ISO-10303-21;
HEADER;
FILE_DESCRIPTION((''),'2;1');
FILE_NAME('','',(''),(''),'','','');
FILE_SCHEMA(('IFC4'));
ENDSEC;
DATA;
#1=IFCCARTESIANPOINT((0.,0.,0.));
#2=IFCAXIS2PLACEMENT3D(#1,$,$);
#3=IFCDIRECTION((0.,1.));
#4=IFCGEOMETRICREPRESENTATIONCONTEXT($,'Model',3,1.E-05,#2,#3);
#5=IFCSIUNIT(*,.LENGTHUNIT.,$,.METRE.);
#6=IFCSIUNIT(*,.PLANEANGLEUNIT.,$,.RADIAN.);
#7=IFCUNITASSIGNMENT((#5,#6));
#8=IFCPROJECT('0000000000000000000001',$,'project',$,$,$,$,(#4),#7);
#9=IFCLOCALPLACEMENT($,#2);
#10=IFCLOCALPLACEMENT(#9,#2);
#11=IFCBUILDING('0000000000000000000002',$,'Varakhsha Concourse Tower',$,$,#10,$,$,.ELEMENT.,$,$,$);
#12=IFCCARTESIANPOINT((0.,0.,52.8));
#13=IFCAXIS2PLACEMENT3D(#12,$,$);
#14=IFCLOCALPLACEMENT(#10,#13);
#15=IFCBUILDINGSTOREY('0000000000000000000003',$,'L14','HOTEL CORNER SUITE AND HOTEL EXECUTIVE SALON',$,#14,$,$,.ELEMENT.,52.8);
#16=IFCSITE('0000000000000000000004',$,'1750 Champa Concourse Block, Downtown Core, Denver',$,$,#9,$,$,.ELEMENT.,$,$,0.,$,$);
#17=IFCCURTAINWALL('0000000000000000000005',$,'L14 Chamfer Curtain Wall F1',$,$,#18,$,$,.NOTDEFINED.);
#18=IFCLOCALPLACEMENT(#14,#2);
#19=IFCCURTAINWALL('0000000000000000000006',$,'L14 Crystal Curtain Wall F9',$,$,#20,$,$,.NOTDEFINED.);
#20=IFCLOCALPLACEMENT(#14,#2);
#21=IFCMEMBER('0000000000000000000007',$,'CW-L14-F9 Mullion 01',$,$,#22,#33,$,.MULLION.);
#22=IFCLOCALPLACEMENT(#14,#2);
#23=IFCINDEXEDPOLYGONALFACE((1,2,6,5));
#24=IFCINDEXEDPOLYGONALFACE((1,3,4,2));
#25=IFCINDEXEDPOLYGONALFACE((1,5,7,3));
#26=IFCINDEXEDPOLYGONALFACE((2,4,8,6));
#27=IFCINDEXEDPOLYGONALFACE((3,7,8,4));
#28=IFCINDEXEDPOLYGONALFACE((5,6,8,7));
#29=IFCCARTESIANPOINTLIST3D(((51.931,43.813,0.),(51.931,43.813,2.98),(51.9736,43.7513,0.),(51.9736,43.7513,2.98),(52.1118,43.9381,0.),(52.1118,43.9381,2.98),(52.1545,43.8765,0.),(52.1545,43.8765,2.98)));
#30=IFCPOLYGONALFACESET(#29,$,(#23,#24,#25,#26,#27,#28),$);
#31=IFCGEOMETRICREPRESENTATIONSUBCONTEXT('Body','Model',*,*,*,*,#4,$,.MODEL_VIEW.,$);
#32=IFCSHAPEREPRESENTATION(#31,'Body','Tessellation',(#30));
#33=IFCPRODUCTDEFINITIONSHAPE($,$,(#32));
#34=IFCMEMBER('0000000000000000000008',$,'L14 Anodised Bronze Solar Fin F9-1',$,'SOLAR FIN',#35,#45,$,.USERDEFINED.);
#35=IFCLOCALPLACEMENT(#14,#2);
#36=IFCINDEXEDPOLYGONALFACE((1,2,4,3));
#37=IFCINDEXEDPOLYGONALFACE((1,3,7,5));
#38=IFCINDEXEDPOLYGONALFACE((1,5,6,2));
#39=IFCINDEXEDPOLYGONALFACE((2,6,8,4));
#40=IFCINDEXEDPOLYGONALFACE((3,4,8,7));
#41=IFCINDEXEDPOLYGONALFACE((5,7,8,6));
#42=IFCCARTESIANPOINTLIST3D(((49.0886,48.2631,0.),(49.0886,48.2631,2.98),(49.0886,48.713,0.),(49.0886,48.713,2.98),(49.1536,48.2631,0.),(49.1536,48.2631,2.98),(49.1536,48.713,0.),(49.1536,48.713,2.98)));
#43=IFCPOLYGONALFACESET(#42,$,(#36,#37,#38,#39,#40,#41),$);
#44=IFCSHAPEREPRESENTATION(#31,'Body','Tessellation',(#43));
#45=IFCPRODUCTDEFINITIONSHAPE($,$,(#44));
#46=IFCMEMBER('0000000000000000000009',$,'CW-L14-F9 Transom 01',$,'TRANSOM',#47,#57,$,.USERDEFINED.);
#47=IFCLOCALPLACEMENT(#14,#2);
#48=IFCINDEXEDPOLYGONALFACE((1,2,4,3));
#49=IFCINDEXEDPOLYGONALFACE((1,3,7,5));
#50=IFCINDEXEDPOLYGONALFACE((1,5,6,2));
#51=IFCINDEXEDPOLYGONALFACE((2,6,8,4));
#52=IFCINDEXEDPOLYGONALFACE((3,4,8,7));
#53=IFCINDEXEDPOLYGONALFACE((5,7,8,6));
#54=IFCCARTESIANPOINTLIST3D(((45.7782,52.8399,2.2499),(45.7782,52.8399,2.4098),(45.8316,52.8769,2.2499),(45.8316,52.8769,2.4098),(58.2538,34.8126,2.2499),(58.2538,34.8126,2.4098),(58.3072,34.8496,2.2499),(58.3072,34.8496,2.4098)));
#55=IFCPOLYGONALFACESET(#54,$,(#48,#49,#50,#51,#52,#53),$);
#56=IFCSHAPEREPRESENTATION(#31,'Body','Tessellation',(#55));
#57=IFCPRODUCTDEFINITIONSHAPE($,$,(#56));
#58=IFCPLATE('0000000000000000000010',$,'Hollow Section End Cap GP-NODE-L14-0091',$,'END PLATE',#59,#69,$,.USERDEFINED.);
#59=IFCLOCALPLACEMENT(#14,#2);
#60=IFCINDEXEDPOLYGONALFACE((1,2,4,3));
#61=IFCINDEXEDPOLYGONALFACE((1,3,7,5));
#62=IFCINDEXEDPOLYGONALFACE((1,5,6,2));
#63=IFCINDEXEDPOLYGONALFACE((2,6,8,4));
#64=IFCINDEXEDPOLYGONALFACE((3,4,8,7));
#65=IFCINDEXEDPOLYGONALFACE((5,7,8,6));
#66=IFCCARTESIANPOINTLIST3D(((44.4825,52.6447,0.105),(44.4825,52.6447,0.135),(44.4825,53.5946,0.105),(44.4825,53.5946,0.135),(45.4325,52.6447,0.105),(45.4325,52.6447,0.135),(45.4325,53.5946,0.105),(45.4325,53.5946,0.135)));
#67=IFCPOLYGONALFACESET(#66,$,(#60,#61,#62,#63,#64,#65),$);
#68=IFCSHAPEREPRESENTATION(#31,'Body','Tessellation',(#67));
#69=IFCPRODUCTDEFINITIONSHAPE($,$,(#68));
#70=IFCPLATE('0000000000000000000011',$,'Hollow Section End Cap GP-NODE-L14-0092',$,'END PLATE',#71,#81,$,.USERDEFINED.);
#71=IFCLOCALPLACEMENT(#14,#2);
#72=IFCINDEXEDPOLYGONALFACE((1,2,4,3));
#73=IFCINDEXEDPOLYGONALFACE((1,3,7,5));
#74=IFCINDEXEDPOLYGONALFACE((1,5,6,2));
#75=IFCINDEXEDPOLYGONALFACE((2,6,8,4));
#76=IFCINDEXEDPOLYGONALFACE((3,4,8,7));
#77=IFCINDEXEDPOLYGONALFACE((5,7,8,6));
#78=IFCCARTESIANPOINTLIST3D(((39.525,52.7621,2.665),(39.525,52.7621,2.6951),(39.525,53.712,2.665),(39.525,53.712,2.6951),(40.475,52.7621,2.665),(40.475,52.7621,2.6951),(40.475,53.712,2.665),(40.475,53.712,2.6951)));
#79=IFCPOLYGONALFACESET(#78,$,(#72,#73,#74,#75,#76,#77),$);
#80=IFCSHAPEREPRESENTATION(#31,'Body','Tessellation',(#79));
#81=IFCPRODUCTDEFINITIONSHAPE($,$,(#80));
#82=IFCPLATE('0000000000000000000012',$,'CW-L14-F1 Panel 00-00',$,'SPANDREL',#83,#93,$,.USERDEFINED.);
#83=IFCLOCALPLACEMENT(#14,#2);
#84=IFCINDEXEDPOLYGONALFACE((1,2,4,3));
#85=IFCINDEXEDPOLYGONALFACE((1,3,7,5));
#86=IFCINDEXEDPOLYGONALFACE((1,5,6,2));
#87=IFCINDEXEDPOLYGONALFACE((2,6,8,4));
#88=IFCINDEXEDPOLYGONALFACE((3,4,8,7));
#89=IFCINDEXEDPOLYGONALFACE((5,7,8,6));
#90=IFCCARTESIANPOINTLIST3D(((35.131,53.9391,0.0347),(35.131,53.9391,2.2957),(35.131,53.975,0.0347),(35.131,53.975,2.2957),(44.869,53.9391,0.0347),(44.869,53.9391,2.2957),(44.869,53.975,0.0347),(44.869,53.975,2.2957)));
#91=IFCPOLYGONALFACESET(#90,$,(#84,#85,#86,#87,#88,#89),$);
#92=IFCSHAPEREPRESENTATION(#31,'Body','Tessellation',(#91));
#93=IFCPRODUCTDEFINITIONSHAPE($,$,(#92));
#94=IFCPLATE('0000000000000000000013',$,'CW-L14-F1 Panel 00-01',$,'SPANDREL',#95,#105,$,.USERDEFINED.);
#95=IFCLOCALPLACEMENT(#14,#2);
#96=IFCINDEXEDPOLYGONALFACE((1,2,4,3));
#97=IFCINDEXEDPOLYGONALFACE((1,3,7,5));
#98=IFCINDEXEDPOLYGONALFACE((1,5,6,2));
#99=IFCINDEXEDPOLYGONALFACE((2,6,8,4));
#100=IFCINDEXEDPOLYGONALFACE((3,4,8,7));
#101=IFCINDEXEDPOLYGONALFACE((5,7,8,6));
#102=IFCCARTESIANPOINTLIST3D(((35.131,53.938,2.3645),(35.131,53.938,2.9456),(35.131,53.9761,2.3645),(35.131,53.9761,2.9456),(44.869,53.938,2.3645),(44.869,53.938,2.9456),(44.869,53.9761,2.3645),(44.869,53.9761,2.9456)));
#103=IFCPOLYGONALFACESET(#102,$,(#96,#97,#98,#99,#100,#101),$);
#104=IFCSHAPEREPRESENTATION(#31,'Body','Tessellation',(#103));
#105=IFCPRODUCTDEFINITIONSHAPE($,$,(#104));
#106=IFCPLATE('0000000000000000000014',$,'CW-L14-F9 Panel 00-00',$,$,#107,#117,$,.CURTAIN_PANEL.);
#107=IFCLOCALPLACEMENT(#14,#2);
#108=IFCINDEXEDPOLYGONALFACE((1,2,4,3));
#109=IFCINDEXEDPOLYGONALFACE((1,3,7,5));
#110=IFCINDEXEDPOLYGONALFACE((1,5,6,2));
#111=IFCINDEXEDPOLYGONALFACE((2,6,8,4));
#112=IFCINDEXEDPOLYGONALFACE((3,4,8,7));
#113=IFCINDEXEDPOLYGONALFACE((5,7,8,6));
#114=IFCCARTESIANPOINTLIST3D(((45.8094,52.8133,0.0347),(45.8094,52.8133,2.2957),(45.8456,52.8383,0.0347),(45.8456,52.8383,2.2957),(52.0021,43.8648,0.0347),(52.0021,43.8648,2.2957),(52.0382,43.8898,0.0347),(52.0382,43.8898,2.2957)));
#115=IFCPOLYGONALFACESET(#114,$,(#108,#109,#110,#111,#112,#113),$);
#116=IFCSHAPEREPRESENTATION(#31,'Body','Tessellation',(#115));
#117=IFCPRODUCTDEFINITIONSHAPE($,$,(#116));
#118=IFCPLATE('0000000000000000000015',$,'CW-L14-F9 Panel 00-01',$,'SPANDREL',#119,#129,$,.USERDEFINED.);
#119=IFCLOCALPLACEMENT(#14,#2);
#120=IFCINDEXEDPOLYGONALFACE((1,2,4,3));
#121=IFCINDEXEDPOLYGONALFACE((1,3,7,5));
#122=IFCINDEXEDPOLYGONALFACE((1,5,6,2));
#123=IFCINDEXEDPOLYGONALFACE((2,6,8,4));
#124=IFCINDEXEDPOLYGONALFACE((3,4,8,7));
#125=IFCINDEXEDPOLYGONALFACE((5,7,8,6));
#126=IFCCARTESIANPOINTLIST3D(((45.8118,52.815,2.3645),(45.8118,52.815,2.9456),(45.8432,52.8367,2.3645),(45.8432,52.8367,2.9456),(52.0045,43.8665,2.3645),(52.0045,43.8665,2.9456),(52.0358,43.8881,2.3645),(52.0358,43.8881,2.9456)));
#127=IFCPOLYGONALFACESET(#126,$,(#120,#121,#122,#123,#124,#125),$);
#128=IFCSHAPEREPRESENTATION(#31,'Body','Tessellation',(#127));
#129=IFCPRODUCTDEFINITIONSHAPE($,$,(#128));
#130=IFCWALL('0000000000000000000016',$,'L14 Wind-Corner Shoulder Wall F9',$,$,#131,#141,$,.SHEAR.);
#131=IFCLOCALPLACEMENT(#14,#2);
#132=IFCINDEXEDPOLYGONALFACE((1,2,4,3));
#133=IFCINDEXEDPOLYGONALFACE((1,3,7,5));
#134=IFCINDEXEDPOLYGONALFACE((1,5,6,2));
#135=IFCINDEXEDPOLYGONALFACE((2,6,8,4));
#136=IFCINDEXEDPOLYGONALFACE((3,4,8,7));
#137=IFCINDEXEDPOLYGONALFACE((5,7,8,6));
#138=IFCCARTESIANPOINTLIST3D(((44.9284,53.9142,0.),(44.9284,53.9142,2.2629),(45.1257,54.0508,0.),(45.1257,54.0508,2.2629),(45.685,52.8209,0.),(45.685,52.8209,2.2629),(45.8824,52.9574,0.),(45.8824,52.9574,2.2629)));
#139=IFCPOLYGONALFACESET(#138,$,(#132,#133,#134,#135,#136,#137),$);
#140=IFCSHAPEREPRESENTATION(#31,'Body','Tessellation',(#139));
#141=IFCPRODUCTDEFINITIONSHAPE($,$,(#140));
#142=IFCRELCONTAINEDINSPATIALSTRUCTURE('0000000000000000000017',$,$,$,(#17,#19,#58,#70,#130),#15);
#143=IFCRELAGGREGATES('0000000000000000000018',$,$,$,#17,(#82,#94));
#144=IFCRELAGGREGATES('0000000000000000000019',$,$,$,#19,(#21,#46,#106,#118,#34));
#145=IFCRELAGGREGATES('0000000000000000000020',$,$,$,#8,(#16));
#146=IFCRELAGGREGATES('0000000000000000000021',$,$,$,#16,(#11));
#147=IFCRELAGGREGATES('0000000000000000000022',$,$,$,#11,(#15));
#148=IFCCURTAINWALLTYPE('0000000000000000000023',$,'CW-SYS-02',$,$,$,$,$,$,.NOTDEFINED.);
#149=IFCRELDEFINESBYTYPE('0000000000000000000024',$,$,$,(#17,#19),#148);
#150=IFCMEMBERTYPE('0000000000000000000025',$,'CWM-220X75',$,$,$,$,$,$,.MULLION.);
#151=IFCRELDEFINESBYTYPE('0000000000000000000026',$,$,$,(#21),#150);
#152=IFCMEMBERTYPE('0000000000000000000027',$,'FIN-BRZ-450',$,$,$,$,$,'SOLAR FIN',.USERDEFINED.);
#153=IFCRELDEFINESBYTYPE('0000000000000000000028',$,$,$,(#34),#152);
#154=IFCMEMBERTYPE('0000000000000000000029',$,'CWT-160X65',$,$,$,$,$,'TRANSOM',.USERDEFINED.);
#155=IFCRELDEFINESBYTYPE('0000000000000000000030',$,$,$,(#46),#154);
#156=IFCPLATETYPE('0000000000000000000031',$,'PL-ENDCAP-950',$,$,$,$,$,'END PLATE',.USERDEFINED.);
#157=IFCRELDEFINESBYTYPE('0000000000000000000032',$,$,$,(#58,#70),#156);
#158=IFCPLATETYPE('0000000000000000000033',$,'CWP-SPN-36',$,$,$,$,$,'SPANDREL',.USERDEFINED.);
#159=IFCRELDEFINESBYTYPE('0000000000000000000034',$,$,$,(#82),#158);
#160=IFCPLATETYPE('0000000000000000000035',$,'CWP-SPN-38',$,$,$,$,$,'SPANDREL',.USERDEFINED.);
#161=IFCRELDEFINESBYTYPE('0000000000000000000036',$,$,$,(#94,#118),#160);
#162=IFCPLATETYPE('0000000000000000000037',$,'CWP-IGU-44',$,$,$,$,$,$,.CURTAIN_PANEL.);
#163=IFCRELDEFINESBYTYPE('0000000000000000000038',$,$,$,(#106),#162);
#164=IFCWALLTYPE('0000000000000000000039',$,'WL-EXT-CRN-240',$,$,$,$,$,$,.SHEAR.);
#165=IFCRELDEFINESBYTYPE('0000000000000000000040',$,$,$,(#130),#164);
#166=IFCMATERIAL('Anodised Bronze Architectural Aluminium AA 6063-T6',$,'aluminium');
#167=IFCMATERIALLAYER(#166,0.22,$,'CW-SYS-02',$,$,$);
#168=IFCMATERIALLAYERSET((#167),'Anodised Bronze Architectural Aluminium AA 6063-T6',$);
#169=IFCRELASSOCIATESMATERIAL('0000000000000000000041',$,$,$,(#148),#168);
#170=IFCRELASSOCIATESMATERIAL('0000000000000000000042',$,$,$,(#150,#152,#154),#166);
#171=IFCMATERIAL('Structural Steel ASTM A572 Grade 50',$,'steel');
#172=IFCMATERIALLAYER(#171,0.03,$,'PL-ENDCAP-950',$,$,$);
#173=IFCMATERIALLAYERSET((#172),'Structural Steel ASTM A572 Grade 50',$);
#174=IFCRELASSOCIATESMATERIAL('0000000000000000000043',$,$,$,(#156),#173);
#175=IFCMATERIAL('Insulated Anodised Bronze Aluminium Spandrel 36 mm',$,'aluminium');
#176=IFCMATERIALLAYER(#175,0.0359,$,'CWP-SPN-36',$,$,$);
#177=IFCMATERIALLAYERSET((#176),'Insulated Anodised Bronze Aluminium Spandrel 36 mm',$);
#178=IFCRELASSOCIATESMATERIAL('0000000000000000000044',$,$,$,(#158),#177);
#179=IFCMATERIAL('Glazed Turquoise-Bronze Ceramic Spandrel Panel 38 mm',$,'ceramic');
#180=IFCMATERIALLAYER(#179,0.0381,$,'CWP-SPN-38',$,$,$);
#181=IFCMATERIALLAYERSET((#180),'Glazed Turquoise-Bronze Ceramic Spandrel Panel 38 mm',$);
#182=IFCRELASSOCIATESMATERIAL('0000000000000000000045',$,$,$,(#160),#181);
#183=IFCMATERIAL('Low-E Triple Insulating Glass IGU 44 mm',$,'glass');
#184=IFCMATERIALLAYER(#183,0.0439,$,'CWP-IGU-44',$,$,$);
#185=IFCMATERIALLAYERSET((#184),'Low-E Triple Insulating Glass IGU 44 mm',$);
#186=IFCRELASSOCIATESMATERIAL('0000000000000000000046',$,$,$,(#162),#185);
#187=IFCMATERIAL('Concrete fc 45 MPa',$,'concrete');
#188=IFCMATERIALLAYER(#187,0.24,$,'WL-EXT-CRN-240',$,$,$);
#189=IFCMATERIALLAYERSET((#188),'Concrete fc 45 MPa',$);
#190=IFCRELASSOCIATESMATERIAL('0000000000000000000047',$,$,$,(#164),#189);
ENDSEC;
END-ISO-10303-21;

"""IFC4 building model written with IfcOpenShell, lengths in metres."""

from ifc_helpers import new_model, si_unit, direction, frame, frame_2d, origin, origin_2d, place, context, subcontext, project, spatial, rectangle, extrude, source, transform, mapped, material, layer, layer_set, material_profile, profile_set, type_object, type_shapes, element, aggregate, save


model = new_model("IFC4")

# Units and contexts
model_context = context("Model", 3, precision=1e-05, world=origin(), true_north=direction((0.0, 1.0)))
body_context = subcontext(model_context, "Body", "Model", "MODEL_VIEW")
ifc_project = project(units=[si_unit("LENGTHUNIT", "METRE"), si_unit("PLANEANGLEUNIT", "RADIAN")], contexts=[model_context])

# Site, building, storey
site_placement = place(None, origin())
site = spatial("IfcSite", under=ifc_project, at=site_placement, Name="1750 Champa Concourse Block, Downtown Core, Denver", CompositionType="ELEMENT", RefElevation=0.0)
building_placement = place(site_placement, origin())
building = spatial("IfcBuilding", under=site, at=building_placement, Name="Varakhsha Concourse Tower", CompositionType="ELEMENT")
storey_placement = place(building_placement, frame((0.0, 0.0, 52.8)))
storey = spatial("IfcBuildingStorey", under=building, at=storey_placement, Name="L14", Description="HOTEL CORNER SUITE AND HOTEL EXECUTIVE SALON", CompositionType="ELEMENT", Elevation=52.8)

# Shared definitions
ifc_material_1 = material(Name="Structural Steel ASTM A572 Grade 50", Category="steel")

# Curtain wall
ifc_material_2 = material(Name="Anodised Bronze Architectural Aluminium AA 6063-T6", Category="aluminium")
ifc_layer_1 = layer(ifc_material_2, 0.22, Name="CW-SYS-02")
ifc_layer_set_1 = layer_set([ifc_layer_1], Name="Anodised Bronze Architectural Aluminium AA 6063-T6")
curtain_wall_type = type_object("IfcCurtainWallType", Name="CW-SYS-02", PredefinedType="NOTDEFINED", material=ifc_layer_set_1)
curtain_wall_1_placement = place(storey_placement, origin())
curtain_wall_1 = element("IfcCurtainWall", 1, at=curtain_wall_1_placement, inside=storey, type_object=curtain_wall_type, Name="L14 Chamfer Curtain Wall F1", PredefinedType="NOTDEFINED")
ifc_material_profile_1 = material_profile(ifc_material_2, rectangle(XDim=0.075, YDim=0.22, at=origin_2d()), Name="CWM-220X75")
ifc_profile_set_1 = profile_set([ifc_material_profile_1], Name="Anodised Bronze Architectural Aluminium AA 6063-T6")
member_type_1 = type_object("IfcMemberType", Name="CWM-220X75", PredefinedType="MULLION", material=ifc_profile_set_1)
shared_shape_1 = source(origin(), body_context, "Body", "SweptSolid", [
    extrude(rectangle(XDim=0.075, YDim=0.22, at=origin_2d()), origin(), (0.0, 0.0, 1.0), 2.98),
])
type_shapes(member_type_1, [shared_shape_1])

# Curtain wall, members
curtain_wall_2_placement = place(storey_placement, origin())
curtain_wall_2 = element("IfcCurtainWall", 2, at=curtain_wall_2_placement, inside=storey, type_object=curtain_wall_type, Name="L14 Crystal Curtain Wall F9", PredefinedType="NOTDEFINED")
member_1_placement = place(storey_placement, frame((52.0427, 43.8447, 0.0), z_axis=(0.0, 0.0, 1.0), x_axis=(0.569057, -0.822298, 0.0)))
member_1 = element("IfcMember", 3, at=member_1_placement, type_object=member_type_1, Name="CW-L14-F9 Mullion 01", PredefinedType="MULLION", context=body_context, shape_type="MappedRepresentation", body=[
    mapped(shared_shape_1, transform((0.0, 0.0, 0.0), scale=1.0)),
])
ifc_material_profile_2 = material_profile(ifc_material_2, rectangle(XDim=0.0649, YDim=0.45, at=origin_2d()), Name="FIN-BRZ-450")
ifc_profile_set_2 = profile_set([ifc_material_profile_2], Name="Anodised Bronze Architectural Aluminium AA 6063-T6")
member_type_2 = type_object("IfcMemberType", Name="FIN-BRZ-450", ElementType="SOLAR FIN", PredefinedType="USERDEFINED", material=ifc_profile_set_2)
shared_shape_2 = source(origin(), body_context, "Body", "SweptSolid", [
    extrude(rectangle(XDim=0.0649, YDim=0.45, at=origin_2d()), origin(), (0.0, 0.0, 1.0), 2.98),
])
type_shapes(member_type_2, [shared_shape_2])
member_2_placement = place(storey_placement, frame((49.1211, 48.488, 0.0), z_axis=(0.0, 0.0, 1.0), x_axis=(1.0, 0.0, 0.0)))
member_2 = element("IfcMember", 4, at=member_2_placement, type_object=member_type_2, Name="L14 Anodised Bronze Solar Fin F9-1", ObjectType="SOLAR FIN", PredefinedType="USERDEFINED", context=body_context, shape_type="MappedRepresentation", body=[
    mapped(shared_shape_2, transform((0.0, 0.0, 0.0), scale=1.0)),
])
ifc_material_profile_3 = material_profile(ifc_material_2, rectangle(XDim=0.0649, YDim=0.1599, at=origin_2d()), Name="CWT-160X65")
ifc_profile_set_3 = profile_set([ifc_material_profile_3], Name="Anodised Bronze Architectural Aluminium AA 6063-T6")
member_type_3 = type_object("IfcMemberType", Name="CWT-160X65", ElementType="TRANSOM", PredefinedType="USERDEFINED", material=ifc_profile_set_3)
shared_shape_3 = source(origin(), body_context, "Body", "SweptSolid", [
    extrude(rectangle(XDim=0.0649, YDim=0.1599, at=origin_2d()), origin(), (0.0, 0.0, 1.0), 21.9231),
])
type_shapes(member_type_3, [shared_shape_3])
member_3_placement = place(storey_placement, frame((45.8049, 52.8584, 2.3298), z_axis=(0.569059, -0.822296, 0.0), x_axis=(0.822296, 0.569059, 0.0)))
member_3 = element("IfcMember", 5, at=member_3_placement, type_object=member_type_3, Name="CW-L14-F9 Transom 01", ObjectType="TRANSOM", PredefinedType="USERDEFINED", context=body_context, shape_type="MappedRepresentation", body=[
    mapped(shared_shape_3, transform((0.0, 0.0, 0.0), scale=1.0)),
])

# Plates
ifc_layer_2 = layer(ifc_material_1, 0.03, Name="PL-ENDCAP-950")
ifc_layer_set_2 = layer_set([ifc_layer_2], Name="Structural Steel ASTM A572 Grade 50")
plate_type_1 = type_object("IfcPlateType", Name="PL-ENDCAP-950", ElementType="END PLATE", PredefinedType="USERDEFINED", material=ifc_layer_set_2)
shared_shape_4 = source(origin(), body_context, "Body", "SweptSolid", [
    extrude(rectangle(XDim=0.95, YDim=0.95, at=origin_2d()), origin(), (0.0, 0.0, 1.0), 0.03),
])
type_shapes(plate_type_1, [shared_shape_4])
for number, where, z_axis, x_axis, name in (
    (6, (44.9575, 53.1196, 0.105), (0.0, 0.0, 1.0), (1.0, 0.0, 0.0), "Hollow Section End Cap GP-NODE-L14-0091"),
    (7, (40.0, 53.2371, 2.665), (0.0, 0.0, 1.0), (1.0, 0.0, 0.0), "Hollow Section End Cap GP-NODE-L14-0092"),
):
    element("IfcPlate", number, at=place(storey_placement, frame(where, z_axis=z_axis, x_axis=x_axis)), inside=storey, type_object=plate_type_1, Name=name, ObjectType="END PLATE", PredefinedType="USERDEFINED", context=body_context, shape_type="MappedRepresentation", body=[
        mapped(shared_shape_4, transform((0.0, 0.0, 0.0), scale=1.0)),
    ])

# Plates
ifc_material_3 = material(Name="Insulated Anodised Bronze Aluminium Spandrel 36 mm", Category="aluminium")
ifc_layer_3 = layer(ifc_material_3, 0.0359, Name="CWP-SPN-36")
ifc_layer_set_3 = layer_set([ifc_layer_3], Name="Insulated Anodised Bronze Aluminium Spandrel 36 mm")
plate_type_2 = type_object("IfcPlateType", Name="CWP-SPN-36", ElementType="SPANDREL", PredefinedType="USERDEFINED", material=ifc_layer_set_3)
shared_shape_5 = source(origin(), body_context, "Body", "SweptSolid", [
    extrude(rectangle(XDim=9.738, YDim=0.0359, at=origin_2d()), origin(), (0.0, 0.0, 1.0), 2.261),
])
type_shapes(plate_type_2, [shared_shape_5])
plate_1_placement = place(storey_placement, frame((40.0, 53.957, 0.0347), z_axis=(0.0, 0.0, 1.0), x_axis=(1.0, 0.0, 0.0)))
plate_1 = element("IfcPlate", 8, at=plate_1_placement, type_object=plate_type_2, Name="CW-L14-F1 Panel 00-00", ObjectType="SPANDREL", PredefinedType="USERDEFINED", context=body_context, shape_type="MappedRepresentation", body=[
    mapped(shared_shape_5, transform((0.0, 0.0, 0.0), scale=1.0)),
])
ifc_material_4 = material(Name="Glazed Turquoise-Bronze Ceramic Spandrel Panel 38 mm", Category="ceramic")
ifc_layer_4 = layer(ifc_material_4, 0.0381, Name="CWP-SPN-38")
ifc_layer_set_4 = layer_set([ifc_layer_4], Name="Glazed Turquoise-Bronze Ceramic Spandrel Panel 38 mm")
plate_type_3 = type_object("IfcPlateType", Name="CWP-SPN-38", ElementType="SPANDREL", PredefinedType="USERDEFINED", material=ifc_layer_set_4)
shared_shape_6 = source(origin(), body_context, "Body", "SweptSolid", [
    extrude(rectangle(XDim=9.738, YDim=0.0381, at=origin_2d()), origin(), (0.0, 0.0, 1.0), 0.5811),
])
plate_2_placement = place(storey_placement, frame((40.0, 53.957, 2.3645), z_axis=(0.0, 0.0, 1.0), x_axis=(1.0, 0.0, 0.0)))
plate_2 = element("IfcPlate", 9, at=plate_2_placement, type_object=plate_type_3, Name="CW-L14-F1 Panel 00-01", ObjectType="SPANDREL", PredefinedType="USERDEFINED", context=body_context, shape_type="MappedRepresentation", body=[
    mapped(shared_shape_6, transform((0.0, 0.0, 0.0), scale=1.0)),
])
aggregate(curtain_wall_1, [plate_1, plate_2])
ifc_material_5 = material(Name="Low-E Triple Insulating Glass IGU 44 mm", Category="glass")
ifc_layer_5 = layer(ifc_material_5, 0.0439, Name="CWP-IGU-44")
ifc_layer_set_5 = layer_set([ifc_layer_5], Name="Low-E Triple Insulating Glass IGU 44 mm")
plate_type_4 = type_object("IfcPlateType", Name="CWP-IGU-44", PredefinedType="CURTAIN_PANEL", material=ifc_layer_set_5)
shared_shape_7 = source(origin(), body_context, "Body", "SweptSolid", [
    extrude(rectangle(XDim=10.8823, YDim=0.0439, at=origin_2d()), origin(), (0.0, 0.0, 1.0), 2.261),
])
type_shapes(plate_type_4, [shared_shape_7])
plate_3_placement = place(storey_placement, frame((48.9238, 48.3516, 0.0347), z_axis=(0.0, 0.0, 1.0), x_axis=(0.569057, -0.822298, 0.0)))
plate_3 = element("IfcPlate", 10, at=plate_3_placement, type_object=plate_type_4, Name="CW-L14-F9 Panel 00-00", PredefinedType="CURTAIN_PANEL", context=body_context, shape_type="MappedRepresentation", body=[
    mapped(shared_shape_7, transform((0.0, 0.0, 0.0), scale=1.0)),
])
shared_shape_8 = source(origin(), body_context, "Body", "SweptSolid", [
    extrude(rectangle(XDim=10.8823, YDim=0.0381, at=origin_2d()), origin(), (0.0, 0.0, 1.0), 0.5811),
])
type_shapes(plate_type_3, [shared_shape_6, shared_shape_8])
plate_4_placement = place(storey_placement, frame((48.9238, 48.3516, 2.3645), z_axis=(0.0, 0.0, 1.0), x_axis=(0.569057, -0.822298, 0.0)))
plate_4 = element("IfcPlate", 11, at=plate_4_placement, type_object=plate_type_3, Name="CW-L14-F9 Panel 00-01", ObjectType="SPANDREL", PredefinedType="USERDEFINED", context=body_context, shape_type="MappedRepresentation", body=[
    mapped(shared_shape_8, transform((0.0, 0.0, 0.0), scale=1.0)),
])
aggregate(curtain_wall_2, [member_1, member_3, plate_3, plate_4, member_2])

# Wall
ifc_material_6 = material(Name="Concrete fc 45 MPa", Category="concrete")
ifc_layer_6 = layer(ifc_material_6, 0.24, Name="WL-EXT-CRN-240")
ifc_layer_set_6 = layer_set([ifc_layer_6], Name="Concrete fc 45 MPa")
wall_type = type_object("IfcWallType", Name="WL-EXT-CRN-240", PredefinedType="SHEAR", material=ifc_layer_set_6)
wall_placement = place(storey_placement, frame((45.7837, 52.8892, 0.0), z_axis=(0.0, 0.0, 1.0), x_axis=(-0.569067, 0.822291, 0.0)))
element("IfcWall", 12, at=wall_placement, inside=storey, type_object=wall_type, Name="L14 Wind-Corner Shoulder Wall F9", PredefinedType="SHEAR", context=body_context, shape_type="SweptSolid", body=[
    extrude(rectangle(XDim=1.3296, YDim=0.24, at=frame_2d((0.6648, 0.0))), origin(), (0.0, 0.0, 1.0), 2.2629),
])

save(model, "model.ifc")
